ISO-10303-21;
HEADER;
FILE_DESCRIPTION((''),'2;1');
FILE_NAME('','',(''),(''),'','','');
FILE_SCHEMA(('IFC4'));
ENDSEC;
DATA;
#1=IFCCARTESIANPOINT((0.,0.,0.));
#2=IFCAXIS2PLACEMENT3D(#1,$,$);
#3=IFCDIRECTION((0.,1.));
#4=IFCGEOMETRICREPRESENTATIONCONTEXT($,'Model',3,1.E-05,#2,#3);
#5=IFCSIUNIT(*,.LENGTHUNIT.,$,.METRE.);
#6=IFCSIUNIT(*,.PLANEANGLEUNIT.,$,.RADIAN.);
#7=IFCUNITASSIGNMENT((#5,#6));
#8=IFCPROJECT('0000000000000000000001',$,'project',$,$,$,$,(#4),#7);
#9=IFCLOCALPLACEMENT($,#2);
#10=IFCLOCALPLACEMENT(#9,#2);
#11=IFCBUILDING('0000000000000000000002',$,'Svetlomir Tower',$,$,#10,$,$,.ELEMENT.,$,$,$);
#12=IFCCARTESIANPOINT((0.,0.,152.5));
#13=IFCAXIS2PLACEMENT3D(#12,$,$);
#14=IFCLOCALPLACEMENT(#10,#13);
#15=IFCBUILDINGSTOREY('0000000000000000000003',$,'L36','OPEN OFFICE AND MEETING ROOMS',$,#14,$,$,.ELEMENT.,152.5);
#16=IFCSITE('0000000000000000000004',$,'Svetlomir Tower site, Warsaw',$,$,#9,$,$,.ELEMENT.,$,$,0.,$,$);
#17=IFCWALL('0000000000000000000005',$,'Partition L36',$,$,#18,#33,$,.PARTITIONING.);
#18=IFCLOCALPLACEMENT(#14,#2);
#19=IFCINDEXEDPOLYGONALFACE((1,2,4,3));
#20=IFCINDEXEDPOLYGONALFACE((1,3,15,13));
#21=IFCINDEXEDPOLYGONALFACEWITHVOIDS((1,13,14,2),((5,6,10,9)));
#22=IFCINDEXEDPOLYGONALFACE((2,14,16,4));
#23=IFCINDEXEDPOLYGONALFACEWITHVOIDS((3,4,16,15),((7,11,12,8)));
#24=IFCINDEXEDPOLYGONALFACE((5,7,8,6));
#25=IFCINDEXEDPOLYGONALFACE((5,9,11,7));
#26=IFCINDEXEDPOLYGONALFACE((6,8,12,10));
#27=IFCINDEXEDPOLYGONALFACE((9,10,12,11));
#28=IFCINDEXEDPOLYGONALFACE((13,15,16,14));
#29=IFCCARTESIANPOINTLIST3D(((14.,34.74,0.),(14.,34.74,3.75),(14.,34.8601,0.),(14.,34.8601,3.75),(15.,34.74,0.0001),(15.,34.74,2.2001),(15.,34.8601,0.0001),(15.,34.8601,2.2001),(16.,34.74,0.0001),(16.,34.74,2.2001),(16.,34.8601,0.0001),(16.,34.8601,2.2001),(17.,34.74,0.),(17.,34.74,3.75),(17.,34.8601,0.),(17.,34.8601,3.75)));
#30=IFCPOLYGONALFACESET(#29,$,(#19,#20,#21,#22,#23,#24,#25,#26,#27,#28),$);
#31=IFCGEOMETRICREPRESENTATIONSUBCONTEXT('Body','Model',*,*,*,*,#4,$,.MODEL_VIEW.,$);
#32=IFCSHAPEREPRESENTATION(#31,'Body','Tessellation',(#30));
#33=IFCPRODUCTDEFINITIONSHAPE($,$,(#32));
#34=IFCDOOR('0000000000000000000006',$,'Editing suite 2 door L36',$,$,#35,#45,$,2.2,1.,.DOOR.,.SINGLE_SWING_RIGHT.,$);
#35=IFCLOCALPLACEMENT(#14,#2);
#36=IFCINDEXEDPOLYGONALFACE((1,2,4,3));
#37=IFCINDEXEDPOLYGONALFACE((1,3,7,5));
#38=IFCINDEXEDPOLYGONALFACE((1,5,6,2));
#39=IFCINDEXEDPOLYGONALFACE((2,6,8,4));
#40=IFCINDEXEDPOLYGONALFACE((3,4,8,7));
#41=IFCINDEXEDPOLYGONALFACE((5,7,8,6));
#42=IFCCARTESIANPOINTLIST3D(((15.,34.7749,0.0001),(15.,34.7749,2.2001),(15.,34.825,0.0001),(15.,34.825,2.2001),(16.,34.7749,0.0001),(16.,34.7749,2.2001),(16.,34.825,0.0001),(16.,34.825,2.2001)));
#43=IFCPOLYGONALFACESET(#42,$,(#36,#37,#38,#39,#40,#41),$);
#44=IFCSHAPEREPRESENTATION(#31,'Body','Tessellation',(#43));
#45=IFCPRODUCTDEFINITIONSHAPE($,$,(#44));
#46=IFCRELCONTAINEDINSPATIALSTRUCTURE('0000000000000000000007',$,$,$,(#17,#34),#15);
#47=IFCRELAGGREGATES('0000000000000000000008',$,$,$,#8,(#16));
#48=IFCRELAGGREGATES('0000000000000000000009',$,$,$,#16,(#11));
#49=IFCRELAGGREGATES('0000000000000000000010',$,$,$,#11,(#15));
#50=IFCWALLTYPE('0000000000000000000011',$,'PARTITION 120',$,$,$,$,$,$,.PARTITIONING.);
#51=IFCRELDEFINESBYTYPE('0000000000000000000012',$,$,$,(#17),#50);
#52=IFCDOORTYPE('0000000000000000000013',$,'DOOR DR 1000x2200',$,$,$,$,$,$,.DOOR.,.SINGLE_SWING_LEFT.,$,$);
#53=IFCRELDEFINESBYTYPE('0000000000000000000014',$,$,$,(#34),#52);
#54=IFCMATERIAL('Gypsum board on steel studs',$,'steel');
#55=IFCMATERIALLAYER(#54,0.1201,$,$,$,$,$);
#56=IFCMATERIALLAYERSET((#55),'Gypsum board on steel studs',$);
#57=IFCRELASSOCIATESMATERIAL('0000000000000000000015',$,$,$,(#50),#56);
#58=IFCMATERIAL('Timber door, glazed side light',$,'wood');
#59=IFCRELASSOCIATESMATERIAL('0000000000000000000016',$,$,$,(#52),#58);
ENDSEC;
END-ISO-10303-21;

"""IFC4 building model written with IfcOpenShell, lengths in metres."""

from ifc_helpers import new_model, si_unit, direction, frame, frame_2d, origin, place, context, subcontext, project, spatial, rectangle, extrude, material, layer, layer_set, type_object, element, fill, save


model = new_model("IFC4")

# Units and contexts
model_context = context("Model", 3, precision=1e-05, world=origin(), true_north=direction((0.0, 1.0)))
body_context = subcontext(model_context, "Body", "Model", "MODEL_VIEW")
ifc_project = project(units=[si_unit("LENGTHUNIT", "METRE"), si_unit("PLANEANGLEUNIT", "RADIAN")], contexts=[model_context])

# Site, building, storey
site_placement = place(None, origin())
site = spatial("IfcSite", under=ifc_project, at=site_placement, Name="Svetlomir Tower site, Warsaw", CompositionType="ELEMENT", RefElevation=0.0)
building_placement = place(site_placement, origin())
building = spatial("IfcBuilding", under=site, at=building_placement, Name="Svetlomir Tower", CompositionType="ELEMENT")
storey_placement = place(building_placement, frame((0.0, 0.0, 152.5)))
storey = spatial("IfcBuildingStorey", under=building, at=storey_placement, Name="L36", Description="OPEN OFFICE AND MEETING ROOMS", CompositionType="ELEMENT", Elevation=152.5)

# Wall, opening, door
ifc_material_1 = material(Name="Gypsum board on steel studs", Category="steel")
ifc_layer_1 = layer(ifc_material_1, 0.1201)
ifc_layer_set_1 = layer_set([ifc_layer_1], Name="Gypsum board on steel studs")
wall_type = type_object("IfcWallType", Name="PARTITION 120", PredefinedType="PARTITIONING", material=ifc_layer_set_1)
ifc_material_2 = material(Name="Timber door, glazed side light", Category="wood")
door_type = type_object("IfcDoorType", Name="DOOR DR 1000x2200", OperationType="SINGLE_SWING_LEFT", PredefinedType="DOOR", material=ifc_material_2)
wall_1_placement = place(storey_placement, frame((14.0, 34.8, 0.0), z_axis=(0.0, 0.0, 1.0), x_axis=(1.0, 0.0, 0.0)))
wall_1 = element("IfcWall", 1, at=wall_1_placement, inside=storey, type_object=wall_type, Name="Partition L36", PredefinedType="PARTITIONING", context=body_context, shape_type="SweptSolid", body=[
    extrude(rectangle(XDim=3.0, YDim=0.1201, at=frame_2d((1.5, 0.0))), origin(), (0.0, 0.0, 1.0), 3.75),
])
opening_1_placement = place(wall_1_placement, frame((1.0, 0.0, 0.0)))
opening_1 = element("IfcOpeningElement", 2, at=opening_1_placement, cuts=wall_1, PredefinedType="OPENING", context=body_context, shape_type="SweptSolid", body=[
    extrude(rectangle(XDim=1.0, YDim=2.2, at=frame_2d((0.5, 1.1001))), frame((0.0, 0.0701, 0.0), z_axis=(0.0, -1.0, 0.0), x_axis=(1.0, 0.0, 0.0)), (0.0, 0.0, 1.0), 0.1401),
])
door_1_placement = place(opening_1_placement, origin())
door_1 = element("IfcDoor", 3, at=door_1_placement, inside=storey, type_object=door_type, Name="Editing suite 2 door L36", OperationType="SINGLE_SWING_RIGHT", OverallHeight=2.2, OverallWidth=1.0, PredefinedType="DOOR", context=body_context, shape_type="SweptSolid", body=[
    extrude(rectangle(XDim=1.0, YDim=2.2, at=frame_2d((0.5, 1.1001))), frame((0.0, 0.0249, 0.0), z_axis=(0.0, -1.0, 0.0), x_axis=(1.0, 0.0, 0.0)), (0.0, 0.0, 1.0), 0.05),
])
fill(opening_1, door_1)

save(model, "model.ifc")
